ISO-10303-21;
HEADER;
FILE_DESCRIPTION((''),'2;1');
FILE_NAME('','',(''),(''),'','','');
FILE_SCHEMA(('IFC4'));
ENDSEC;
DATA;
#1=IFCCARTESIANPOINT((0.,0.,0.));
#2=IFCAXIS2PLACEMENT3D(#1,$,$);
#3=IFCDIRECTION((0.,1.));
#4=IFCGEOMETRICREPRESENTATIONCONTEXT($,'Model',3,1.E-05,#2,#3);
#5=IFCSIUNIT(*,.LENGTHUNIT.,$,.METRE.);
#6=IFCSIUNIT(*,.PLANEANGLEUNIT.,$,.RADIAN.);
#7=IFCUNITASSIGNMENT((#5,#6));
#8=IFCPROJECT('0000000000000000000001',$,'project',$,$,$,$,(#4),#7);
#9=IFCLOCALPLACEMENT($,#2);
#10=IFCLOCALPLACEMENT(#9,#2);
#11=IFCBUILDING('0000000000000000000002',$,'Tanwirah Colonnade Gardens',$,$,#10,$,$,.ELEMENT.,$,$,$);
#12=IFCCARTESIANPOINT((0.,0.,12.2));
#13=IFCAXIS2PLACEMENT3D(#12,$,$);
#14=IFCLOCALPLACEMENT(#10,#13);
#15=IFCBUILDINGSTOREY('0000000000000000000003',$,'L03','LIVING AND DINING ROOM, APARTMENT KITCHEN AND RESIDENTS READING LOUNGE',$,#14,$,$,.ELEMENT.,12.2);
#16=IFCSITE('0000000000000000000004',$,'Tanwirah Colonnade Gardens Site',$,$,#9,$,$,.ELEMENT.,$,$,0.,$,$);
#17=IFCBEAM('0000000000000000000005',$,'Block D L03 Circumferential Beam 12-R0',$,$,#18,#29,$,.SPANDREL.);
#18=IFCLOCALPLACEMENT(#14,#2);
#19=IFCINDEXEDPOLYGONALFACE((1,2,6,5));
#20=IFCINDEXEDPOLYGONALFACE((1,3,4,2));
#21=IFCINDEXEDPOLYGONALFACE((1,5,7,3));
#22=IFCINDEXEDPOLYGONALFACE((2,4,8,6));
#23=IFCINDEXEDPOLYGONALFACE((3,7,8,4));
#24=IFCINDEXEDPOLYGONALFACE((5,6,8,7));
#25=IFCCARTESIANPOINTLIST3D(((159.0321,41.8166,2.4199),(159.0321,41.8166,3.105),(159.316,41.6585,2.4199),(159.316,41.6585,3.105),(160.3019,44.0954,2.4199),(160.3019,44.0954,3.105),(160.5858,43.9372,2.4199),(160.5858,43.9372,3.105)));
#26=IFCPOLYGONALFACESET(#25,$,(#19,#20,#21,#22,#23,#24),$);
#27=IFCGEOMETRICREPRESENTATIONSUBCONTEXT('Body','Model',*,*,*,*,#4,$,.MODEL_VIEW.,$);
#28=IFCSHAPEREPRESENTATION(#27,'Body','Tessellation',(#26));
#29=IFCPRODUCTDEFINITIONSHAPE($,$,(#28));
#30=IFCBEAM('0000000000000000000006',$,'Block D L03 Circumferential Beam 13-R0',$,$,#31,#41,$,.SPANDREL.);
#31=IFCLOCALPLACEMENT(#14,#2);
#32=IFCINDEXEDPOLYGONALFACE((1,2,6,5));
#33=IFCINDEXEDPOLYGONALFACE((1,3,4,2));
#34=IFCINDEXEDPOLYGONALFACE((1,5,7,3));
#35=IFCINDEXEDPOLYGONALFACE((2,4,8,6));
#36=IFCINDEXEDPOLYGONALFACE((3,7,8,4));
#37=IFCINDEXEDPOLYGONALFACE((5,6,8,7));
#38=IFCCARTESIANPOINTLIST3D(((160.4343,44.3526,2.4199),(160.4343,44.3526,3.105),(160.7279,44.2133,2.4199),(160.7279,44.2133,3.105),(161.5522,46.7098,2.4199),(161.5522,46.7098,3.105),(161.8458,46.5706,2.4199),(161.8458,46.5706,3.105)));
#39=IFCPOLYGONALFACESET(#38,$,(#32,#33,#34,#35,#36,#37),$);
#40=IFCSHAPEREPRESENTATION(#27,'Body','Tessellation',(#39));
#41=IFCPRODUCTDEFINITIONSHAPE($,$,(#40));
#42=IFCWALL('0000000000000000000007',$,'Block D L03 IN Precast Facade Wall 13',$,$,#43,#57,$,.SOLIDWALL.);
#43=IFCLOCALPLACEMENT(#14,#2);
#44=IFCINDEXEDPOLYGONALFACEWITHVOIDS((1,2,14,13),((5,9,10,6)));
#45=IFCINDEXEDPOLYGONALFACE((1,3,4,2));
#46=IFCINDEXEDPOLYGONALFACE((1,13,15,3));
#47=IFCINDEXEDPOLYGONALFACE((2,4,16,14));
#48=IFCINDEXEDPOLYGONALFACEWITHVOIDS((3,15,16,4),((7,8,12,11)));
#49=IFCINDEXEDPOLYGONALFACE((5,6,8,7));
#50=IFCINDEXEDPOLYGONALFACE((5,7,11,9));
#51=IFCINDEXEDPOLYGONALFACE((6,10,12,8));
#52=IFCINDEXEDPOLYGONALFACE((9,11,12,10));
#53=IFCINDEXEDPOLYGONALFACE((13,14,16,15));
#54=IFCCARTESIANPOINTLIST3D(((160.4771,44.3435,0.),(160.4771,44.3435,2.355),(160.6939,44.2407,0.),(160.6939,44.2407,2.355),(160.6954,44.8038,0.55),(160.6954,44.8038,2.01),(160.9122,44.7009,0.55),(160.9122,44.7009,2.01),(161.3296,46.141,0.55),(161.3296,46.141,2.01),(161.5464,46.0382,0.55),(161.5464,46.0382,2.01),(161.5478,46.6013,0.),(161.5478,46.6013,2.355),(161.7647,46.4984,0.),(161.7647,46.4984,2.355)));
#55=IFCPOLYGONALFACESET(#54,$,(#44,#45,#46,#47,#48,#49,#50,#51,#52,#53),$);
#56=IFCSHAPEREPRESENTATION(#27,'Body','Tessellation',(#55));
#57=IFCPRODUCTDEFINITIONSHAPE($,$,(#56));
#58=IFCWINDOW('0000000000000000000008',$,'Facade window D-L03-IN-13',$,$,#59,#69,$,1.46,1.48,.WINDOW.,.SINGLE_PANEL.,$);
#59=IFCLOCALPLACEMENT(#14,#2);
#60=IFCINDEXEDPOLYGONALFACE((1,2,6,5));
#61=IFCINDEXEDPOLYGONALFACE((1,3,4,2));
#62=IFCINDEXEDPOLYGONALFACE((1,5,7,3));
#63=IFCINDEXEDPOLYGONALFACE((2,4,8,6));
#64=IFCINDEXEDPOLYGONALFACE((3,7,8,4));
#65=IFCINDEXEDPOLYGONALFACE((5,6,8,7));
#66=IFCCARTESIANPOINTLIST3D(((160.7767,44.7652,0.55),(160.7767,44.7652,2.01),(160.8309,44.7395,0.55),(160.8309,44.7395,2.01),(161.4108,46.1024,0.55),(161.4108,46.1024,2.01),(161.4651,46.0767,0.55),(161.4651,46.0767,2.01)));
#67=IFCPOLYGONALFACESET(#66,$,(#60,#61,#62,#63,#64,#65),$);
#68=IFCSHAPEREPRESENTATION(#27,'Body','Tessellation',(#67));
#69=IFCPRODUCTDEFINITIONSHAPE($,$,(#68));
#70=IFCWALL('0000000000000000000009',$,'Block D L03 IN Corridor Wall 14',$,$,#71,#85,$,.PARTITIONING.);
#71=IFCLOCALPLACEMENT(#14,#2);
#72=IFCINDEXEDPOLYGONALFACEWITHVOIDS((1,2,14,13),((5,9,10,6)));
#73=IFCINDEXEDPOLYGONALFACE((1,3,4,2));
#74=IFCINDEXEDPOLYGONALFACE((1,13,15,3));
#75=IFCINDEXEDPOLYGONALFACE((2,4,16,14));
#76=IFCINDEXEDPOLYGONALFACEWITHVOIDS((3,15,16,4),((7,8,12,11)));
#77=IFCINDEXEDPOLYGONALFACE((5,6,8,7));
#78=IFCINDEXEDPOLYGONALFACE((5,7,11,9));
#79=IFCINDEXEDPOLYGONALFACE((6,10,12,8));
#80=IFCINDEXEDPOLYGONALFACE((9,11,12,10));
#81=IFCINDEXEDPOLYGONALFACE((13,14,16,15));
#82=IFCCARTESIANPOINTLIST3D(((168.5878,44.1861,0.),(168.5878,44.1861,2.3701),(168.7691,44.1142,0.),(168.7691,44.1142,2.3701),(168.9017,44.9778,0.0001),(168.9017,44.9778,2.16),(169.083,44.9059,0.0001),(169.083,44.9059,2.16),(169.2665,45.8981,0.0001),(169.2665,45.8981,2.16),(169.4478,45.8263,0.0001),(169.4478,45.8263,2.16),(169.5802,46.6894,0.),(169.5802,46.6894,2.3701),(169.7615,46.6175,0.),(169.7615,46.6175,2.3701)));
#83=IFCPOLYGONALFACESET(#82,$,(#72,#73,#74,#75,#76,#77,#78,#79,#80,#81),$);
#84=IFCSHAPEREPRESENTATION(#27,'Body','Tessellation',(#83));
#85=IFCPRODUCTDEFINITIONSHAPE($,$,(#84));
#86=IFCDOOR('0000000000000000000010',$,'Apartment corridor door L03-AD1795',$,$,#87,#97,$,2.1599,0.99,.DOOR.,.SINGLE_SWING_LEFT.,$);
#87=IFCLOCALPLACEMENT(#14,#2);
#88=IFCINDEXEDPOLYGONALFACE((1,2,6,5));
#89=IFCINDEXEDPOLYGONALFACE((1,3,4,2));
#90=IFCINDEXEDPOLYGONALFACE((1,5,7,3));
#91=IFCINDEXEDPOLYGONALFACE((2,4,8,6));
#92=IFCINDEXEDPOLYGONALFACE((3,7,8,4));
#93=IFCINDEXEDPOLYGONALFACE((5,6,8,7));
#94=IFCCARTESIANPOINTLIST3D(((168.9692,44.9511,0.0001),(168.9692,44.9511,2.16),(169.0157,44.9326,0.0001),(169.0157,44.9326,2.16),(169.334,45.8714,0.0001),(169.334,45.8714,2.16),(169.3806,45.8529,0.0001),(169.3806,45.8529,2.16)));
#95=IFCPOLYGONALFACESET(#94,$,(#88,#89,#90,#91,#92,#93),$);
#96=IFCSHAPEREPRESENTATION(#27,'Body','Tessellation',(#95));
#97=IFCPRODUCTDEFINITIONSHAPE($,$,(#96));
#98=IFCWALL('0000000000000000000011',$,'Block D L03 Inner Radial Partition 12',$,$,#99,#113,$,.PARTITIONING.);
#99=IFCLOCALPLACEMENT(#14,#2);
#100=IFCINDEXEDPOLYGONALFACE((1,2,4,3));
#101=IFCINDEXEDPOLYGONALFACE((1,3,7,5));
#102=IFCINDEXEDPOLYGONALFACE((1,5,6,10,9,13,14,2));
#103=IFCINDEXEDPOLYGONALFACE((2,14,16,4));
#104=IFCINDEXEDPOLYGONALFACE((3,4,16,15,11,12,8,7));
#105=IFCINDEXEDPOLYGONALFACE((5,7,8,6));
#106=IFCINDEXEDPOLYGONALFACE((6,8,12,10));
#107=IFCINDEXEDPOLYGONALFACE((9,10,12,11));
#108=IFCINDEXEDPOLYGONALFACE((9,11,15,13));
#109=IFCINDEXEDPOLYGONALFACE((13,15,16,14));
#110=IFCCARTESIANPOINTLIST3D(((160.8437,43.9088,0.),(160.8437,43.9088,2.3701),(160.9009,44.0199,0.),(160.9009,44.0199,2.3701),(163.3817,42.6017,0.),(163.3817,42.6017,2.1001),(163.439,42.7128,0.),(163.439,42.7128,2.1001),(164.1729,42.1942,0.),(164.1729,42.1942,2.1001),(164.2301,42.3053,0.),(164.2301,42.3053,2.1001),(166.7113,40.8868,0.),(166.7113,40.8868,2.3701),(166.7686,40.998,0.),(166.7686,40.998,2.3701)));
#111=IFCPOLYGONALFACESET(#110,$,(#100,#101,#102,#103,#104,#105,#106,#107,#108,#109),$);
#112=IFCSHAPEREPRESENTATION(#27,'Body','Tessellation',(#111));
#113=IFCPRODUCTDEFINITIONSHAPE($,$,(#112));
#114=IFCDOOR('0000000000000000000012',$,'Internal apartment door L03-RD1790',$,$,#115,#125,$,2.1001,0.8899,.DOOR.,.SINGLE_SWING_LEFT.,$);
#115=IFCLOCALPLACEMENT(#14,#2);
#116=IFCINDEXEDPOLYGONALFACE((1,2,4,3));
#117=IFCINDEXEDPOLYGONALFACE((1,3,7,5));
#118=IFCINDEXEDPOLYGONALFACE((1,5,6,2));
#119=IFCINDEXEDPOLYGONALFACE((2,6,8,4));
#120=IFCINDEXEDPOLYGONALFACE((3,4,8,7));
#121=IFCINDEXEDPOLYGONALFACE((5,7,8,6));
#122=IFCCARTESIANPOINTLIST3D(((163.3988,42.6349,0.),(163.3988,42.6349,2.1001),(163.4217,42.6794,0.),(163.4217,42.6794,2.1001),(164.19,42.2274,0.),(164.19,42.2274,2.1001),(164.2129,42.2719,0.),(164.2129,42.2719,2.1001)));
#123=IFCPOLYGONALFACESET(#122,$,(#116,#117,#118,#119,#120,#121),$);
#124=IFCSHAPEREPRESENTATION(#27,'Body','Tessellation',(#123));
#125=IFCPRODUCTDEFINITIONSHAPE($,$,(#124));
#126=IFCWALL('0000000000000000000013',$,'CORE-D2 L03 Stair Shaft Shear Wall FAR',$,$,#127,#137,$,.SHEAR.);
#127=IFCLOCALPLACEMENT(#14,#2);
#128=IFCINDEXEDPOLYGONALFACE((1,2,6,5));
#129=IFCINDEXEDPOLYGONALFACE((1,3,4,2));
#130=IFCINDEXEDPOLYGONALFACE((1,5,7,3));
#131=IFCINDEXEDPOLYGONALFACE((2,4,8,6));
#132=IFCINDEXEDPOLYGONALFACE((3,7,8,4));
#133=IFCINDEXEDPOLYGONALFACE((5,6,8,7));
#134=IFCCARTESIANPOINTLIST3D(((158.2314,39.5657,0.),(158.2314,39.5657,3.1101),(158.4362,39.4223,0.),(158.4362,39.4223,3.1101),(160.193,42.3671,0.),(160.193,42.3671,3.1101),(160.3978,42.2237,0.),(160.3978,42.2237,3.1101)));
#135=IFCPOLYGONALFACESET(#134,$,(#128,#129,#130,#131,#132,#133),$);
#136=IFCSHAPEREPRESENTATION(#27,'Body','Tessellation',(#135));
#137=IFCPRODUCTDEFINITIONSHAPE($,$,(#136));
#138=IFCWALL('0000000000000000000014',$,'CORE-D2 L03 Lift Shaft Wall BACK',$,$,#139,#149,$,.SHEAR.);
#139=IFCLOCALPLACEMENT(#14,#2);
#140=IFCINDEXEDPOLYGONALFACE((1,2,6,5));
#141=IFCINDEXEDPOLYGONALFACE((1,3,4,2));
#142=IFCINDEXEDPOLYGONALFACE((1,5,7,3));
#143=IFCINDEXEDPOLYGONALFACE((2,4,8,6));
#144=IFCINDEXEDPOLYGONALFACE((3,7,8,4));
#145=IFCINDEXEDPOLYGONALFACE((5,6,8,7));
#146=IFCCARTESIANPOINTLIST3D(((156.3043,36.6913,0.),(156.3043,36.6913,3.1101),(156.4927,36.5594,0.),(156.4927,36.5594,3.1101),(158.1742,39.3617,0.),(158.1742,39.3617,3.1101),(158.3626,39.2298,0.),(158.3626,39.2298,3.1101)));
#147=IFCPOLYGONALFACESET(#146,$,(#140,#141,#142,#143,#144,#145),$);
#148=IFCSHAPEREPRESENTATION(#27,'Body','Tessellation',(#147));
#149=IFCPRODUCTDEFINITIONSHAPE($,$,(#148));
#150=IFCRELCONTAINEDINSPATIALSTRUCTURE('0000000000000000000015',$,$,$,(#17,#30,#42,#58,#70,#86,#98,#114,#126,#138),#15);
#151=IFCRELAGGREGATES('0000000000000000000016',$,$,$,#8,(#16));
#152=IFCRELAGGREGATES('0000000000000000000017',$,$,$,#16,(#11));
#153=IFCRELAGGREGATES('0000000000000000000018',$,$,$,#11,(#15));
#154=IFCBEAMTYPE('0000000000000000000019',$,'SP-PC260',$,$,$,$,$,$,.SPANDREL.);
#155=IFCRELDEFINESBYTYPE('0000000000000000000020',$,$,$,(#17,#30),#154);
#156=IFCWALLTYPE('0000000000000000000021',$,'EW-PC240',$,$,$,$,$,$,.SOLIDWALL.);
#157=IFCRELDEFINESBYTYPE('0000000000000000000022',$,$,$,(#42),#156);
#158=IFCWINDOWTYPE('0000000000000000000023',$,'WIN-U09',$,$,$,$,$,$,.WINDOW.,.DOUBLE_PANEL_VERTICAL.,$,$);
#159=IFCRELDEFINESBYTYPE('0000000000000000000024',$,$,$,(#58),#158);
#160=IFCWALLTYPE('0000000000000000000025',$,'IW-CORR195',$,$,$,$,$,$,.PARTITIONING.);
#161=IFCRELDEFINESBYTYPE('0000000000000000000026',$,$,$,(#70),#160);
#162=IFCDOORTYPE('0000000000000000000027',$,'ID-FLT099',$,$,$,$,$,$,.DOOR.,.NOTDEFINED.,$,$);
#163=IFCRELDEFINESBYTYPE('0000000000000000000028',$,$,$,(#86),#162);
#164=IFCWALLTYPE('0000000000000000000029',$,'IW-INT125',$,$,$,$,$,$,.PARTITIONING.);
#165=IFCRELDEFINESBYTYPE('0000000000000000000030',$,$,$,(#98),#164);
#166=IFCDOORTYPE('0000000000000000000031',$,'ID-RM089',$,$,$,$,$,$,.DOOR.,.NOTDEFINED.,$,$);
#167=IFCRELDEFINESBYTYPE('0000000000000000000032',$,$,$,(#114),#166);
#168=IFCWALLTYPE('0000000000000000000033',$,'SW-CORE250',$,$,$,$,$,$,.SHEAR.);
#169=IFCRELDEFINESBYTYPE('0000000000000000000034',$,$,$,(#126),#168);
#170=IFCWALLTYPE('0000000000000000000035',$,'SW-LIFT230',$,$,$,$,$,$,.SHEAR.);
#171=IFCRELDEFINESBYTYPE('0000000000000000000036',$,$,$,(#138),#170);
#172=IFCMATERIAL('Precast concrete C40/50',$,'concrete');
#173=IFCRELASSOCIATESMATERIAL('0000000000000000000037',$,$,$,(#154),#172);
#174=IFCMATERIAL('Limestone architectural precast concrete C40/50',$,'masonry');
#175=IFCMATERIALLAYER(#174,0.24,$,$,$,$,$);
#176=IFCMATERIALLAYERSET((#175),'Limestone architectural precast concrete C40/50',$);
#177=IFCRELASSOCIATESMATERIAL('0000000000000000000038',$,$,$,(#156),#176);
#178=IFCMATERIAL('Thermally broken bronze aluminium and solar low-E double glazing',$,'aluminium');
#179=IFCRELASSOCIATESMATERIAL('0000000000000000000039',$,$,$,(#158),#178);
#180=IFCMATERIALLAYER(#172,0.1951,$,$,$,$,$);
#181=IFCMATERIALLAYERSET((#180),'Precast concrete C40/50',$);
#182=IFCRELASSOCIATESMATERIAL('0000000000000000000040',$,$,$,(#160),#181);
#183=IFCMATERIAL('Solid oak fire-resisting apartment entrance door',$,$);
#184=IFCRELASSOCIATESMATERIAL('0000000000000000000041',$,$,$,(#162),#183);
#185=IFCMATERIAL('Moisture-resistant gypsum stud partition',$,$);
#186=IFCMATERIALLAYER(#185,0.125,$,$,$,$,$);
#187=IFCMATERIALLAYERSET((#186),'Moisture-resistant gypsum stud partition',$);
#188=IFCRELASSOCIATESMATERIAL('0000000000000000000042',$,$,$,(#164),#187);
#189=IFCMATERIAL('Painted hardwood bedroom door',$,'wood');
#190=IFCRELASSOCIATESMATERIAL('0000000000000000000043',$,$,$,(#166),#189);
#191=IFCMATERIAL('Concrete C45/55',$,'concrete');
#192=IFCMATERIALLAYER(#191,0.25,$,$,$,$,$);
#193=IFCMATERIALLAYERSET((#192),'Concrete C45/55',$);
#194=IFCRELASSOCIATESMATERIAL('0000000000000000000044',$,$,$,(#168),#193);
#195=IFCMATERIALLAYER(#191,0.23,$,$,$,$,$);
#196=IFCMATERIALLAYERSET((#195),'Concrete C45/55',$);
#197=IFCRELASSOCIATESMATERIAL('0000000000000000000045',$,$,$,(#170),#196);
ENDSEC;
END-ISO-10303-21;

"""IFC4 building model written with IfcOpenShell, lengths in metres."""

from ifc_helpers import new_model, si_unit, direction, frame, frame_2d, origin, origin_2d, place, context, subcontext, project, spatial, rectangle, extrude, material, layer, layer_set, material_profile, profile_set, type_object, element, fill, save


model = new_model("IFC4")

# Units and contexts
model_context = context("Model", 3, precision=1e-05, world=origin(), true_north=direction((0.0, 1.0)))
body_context = subcontext(model_context, "Body", "Model", "MODEL_VIEW")
ifc_project = project(units=[si_unit("LENGTHUNIT", "METRE"), si_unit("PLANEANGLEUNIT", "RADIAN")], contexts=[model_context])

# Site, building, storey
site_placement = place(None, origin())
site = spatial("IfcSite", under=ifc_project, at=site_placement, Name="Tanwirah Colonnade Gardens Site", CompositionType="ELEMENT", RefElevation=0.0)
building_placement = place(site_placement, origin())
building = spatial("IfcBuilding", under=site, at=building_placement, Name="Tanwirah Colonnade Gardens", CompositionType="ELEMENT")
storey_placement = place(building_placement, frame((0.0, 0.0, 12.2)))
storey = spatial("IfcBuildingStorey", under=building, at=storey_placement, Name="L03", Description="LIVING AND DINING ROOM, APARTMENT KITCHEN AND RESIDENTS READING LOUNGE", CompositionType="ELEMENT", Elevation=12.2)

# Shared definitions
ifc_material_1 = material(Name="Precast concrete C40/50", Category="concrete")

# Beams
ifc_material_profile_1 = material_profile(ifc_material_1, rectangle(XDim=0.325, YDim=0.6851, at=origin_2d()), Name="PC-SP 325x685")
ifc_profile_set_1 = profile_set([ifc_material_profile_1], Name="Precast concrete C40/50")
beam_type_1 = type_object("IfcBeamType", Name="SP-PC260", PredefinedType="SPANDREL", material=ifc_profile_set_1)
beam_1_placement = place(storey_placement, frame((159.1741, 41.7375, 2.7625), z_axis=(0.486747, 0.873543, 0.0), x_axis=(-0.873543, 0.486747, 0.0)))
element("IfcBeam", 1, at=beam_1_placement, inside=storey, type_object=beam_type_1, Name="Block D L03 Circumferential Beam 12-R0", PredefinedType="SPANDREL", context=body_context, shape_type="SweptSolid", body=[
    extrude(rectangle(XDim=0.325, YDim=0.6851, at=origin_2d()), origin(), (0.0, 0.0, 1.0), 2.6086),
])
beam_2_placement = place(storey_placement, frame((160.5811, 44.283, 2.7625), z_axis=(0.428513, 0.903536, 0.0), x_axis=(-0.903536, 0.428513, 0.0)))
element("IfcBeam", 2, at=beam_2_placement, inside=storey, type_object=beam_type_1, Name="Block D L03 Circumferential Beam 13-R0", PredefinedType="SPANDREL", context=body_context, shape_type="SweptSolid", body=[
    extrude(rectangle(XDim=0.325, YDim=0.6851, at=origin_2d()), origin(), (0.0, 0.0, 1.0), 2.6089),
])

# Wall, opening, window
ifc_material_2 = material(Name="Limestone architectural precast concrete C40/50", Category="masonry")
ifc_layer_1 = layer(ifc_material_2, 0.24)
ifc_layer_set_1 = layer_set([ifc_layer_1], Name="Limestone architectural precast concrete C40/50")
wall_type_1 = type_object("IfcWallType", Name="EW-PC240", PredefinedType="SOLIDWALL", material=ifc_layer_set_1)
wall_1_placement = place(storey_placement, frame((160.5854, 44.292, 0.0), z_axis=(0.0, 0.0, 1.0), x_axis=(0.428515, 0.903535, 0.0)))
wall_1 = element("IfcWall", 3, at=wall_1_placement, inside=storey, type_object=wall_type_1, Name="Block D L03 IN Precast Facade Wall 13", PredefinedType="SOLIDWALL", context=body_context, shape_type="SweptSolid", body=[
    extrude(rectangle(XDim=2.4988, YDim=0.24, at=frame_2d((1.2495, 0.0))), origin(), (0.0, 0.0, 1.0), 2.355),
])
opening_1_placement = place(wall_1_placement, frame((0.5095, 0.0, 0.55)))
opening_1 = element("IfcOpeningElement", 4, at=opening_1_placement, cuts=wall_1, PredefinedType="OPENING", context=body_context, shape_type="SweptSolid", body=[
    extrude(rectangle(XDim=1.48, YDim=1.46, at=frame_2d((0.74, 0.73))), frame((0.0, 0.1299, 0.0), z_axis=(0.0, -1.0, 0.0), x_axis=(1.0, 0.0, 0.0)), (0.0, 0.0, 1.0), 0.26),
])
ifc_material_3 = material(Name="Thermally broken bronze aluminium and solar low-E double glazing", Category="aluminium")
window_type = type_object("IfcWindowType", Name="WIN-U09", PartitioningType="DOUBLE_PANEL_VERTICAL", PredefinedType="WINDOW", material=ifc_material_3)
window_placement = place(opening_1_placement, origin())
window = element("IfcWindow", 5, at=window_placement, inside=storey, type_object=window_type, Name="Facade window D-L03-IN-13", OverallHeight=1.46, OverallWidth=1.48, PartitioningType="SINGLE_PANEL", PredefinedType="WINDOW", context=body_context, shape_type="SweptSolid", body=[
    extrude(rectangle(XDim=1.48, YDim=1.46, at=frame_2d((0.74, 0.73))), frame((0.0, 0.03, 0.0), z_axis=(0.0, -1.0, 0.0), x_axis=(1.0, 0.0, 0.0)), (0.0, 0.0, 1.0), 0.0601),
])
fill(opening_1, window)

# Walls, openings, doors
ifc_layer_2 = layer(ifc_material_1, 0.1951)
ifc_layer_set_2 = layer_set([ifc_layer_2], Name="Precast concrete C40/50")
wall_type_2 = type_object("IfcWallType", Name="IW-CORR195", PredefinedType="PARTITIONING", material=ifc_layer_set_2)
ifc_material_4 = material(Name="Solid oak fire-resisting apartment entrance door")
wall_2_placement = place(storey_placement, frame((168.6785, 44.1501, 0.0), z_axis=(0.0, 0.0, 1.0), x_axis=(0.368528, 0.929616, 0.0)))
wall_2 = element("IfcWall", 6, at=wall_2_placement, inside=storey, type_object=wall_type_2, Name="Block D L03 IN Corridor Wall 14", PredefinedType="PARTITIONING", context=body_context, shape_type="SweptSolid", body=[
    extrude(rectangle(XDim=2.6929, YDim=0.1951, at=frame_2d((1.3464, 0.0))), origin(), (0.0, 0.0, 1.0), 2.3701),
])
opening_2_placement = place(wall_2_placement, frame((0.8516, 0.0, 0.0)))
opening_2 = element("IfcOpeningElement", 7, at=opening_2_placement, cuts=wall_2, PredefinedType="OPENING", context=body_context, shape_type="SweptSolid", body=[
    extrude(rectangle(XDim=0.99, YDim=2.1599, at=frame_2d((0.4951, 1.0801))), frame((0.0, 0.1074, 0.0), z_axis=(0.0, -1.0, 0.0), x_axis=(1.0, 0.0, 0.0)), (0.0, 0.0, 1.0), 0.2151),
])
door_type_1 = type_object("IfcDoorType", Name="ID-FLT099", OperationType="NOTDEFINED", PredefinedType="DOOR", material=ifc_material_4)
door_1_placement = place(opening_2_placement, origin())
door_1 = element("IfcDoor", 8, at=door_1_placement, inside=storey, type_object=door_type_1, Name="Apartment corridor door L03-AD1795", OperationType="SINGLE_SWING_LEFT", OverallHeight=2.1599, OverallWidth=0.99, PredefinedType="DOOR", context=body_context, shape_type="SweptSolid", body=[
    extrude(rectangle(XDim=0.99, YDim=2.1599, at=frame_2d((0.4951, 1.0801))), frame((0.0, 0.0249, 0.0), z_axis=(0.0, -1.0, 0.0), x_axis=(1.0, 0.0, 0.0)), (0.0, 0.0, 1.0), 0.05),
])
fill(opening_2, door_1)
ifc_material_5 = material(Name="Moisture-resistant gypsum stud partition")
ifc_layer_3 = layer(ifc_material_5, 0.125)
ifc_layer_set_3 = layer_set([ifc_layer_3], Name="Moisture-resistant gypsum stud partition")
wall_type_3 = type_object("IfcWallType", Name="IW-INT125", PredefinedType="PARTITIONING", material=ifc_layer_set_3)
wall_3_placement = place(storey_placement, frame((160.8723, 43.9644, 0.0), z_axis=(0.0, 0.0, 1.0), x_axis=(0.889022, -0.457864, 0.0)))
wall_3 = element("IfcWall", 9, at=wall_3_placement, inside=storey, type_object=wall_type_3, Name="Block D L03 Inner Radial Partition 12", PredefinedType="PARTITIONING", context=body_context, shape_type="SweptSolid", body=[
    extrude(rectangle(XDim=6.6001, YDim=0.125, at=frame_2d((3.3, 0.0))), origin(), (0.0, 0.0, 1.0), 2.3701),
])
opening_3_placement = place(wall_3_placement, frame((2.855, 0.0, 0.0)))
opening_3 = element("IfcOpeningElement", 10, at=opening_3_placement, cuts=wall_3, PredefinedType="OPENING", context=body_context, shape_type="SweptSolid", body=[
    extrude(rectangle(XDim=0.8899, YDim=2.1001, at=frame_2d((0.4448, 1.05))), frame((0.0, 0.0725, 0.0), z_axis=(0.0, -1.0, 0.0), x_axis=(1.0, 0.0, 0.0)), (0.0, 0.0, 1.0), 0.145),
])
ifc_material_6 = material(Name="Painted hardwood bedroom door", Category="wood")
door_type_2 = type_object("IfcDoorType", Name="ID-RM089", OperationType="NOTDEFINED", PredefinedType="DOOR", material=ifc_material_6)
door_2_placement = place(opening_3_placement, origin())
door_2 = element("IfcDoor", 11, at=door_2_placement, inside=storey, type_object=door_type_2, Name="Internal apartment door L03-RD1790", OperationType="SINGLE_SWING_LEFT", OverallHeight=2.1001, OverallWidth=0.8899, PredefinedType="DOOR", context=body_context, shape_type="SweptSolid", body=[
    extrude(rectangle(XDim=0.8899, YDim=2.1001, at=frame_2d((0.4448, 1.05))), frame((0.0, 0.0249, 0.0), z_axis=(0.0, -1.0, 0.0), x_axis=(1.0, 0.0, 0.0)), (0.0, 0.0, 1.0), 0.05),
])
fill(opening_3, door_2)

# Walls
ifc_material_7 = material(Name="Concrete C45/55", Category="concrete")
ifc_layer_4 = layer(ifc_material_7, 0.25)
ifc_layer_set_4 = layer_set([ifc_layer_4], Name="Concrete C45/55")
wall_type_4 = type_object("IfcWallType", Name="SW-CORE250", PredefinedType="SHEAR", material=ifc_layer_set_4)
wall_4_placement = place(storey_placement, frame((160.2954, 42.2954, 0.0), z_axis=(0.0, 0.0, 1.0), x_axis=(-0.573582, -0.819148, 0.0)))
element("IfcWall", 12, at=wall_4_placement, inside=storey, type_object=wall_type_4, Name="CORE-D2 L03 Stair Shaft Shear Wall FAR", PredefinedType="SHEAR", context=body_context, shape_type="SweptSolid", body=[
    extrude(rectangle(XDim=3.4199, YDim=0.25, at=frame_2d((1.71, 0.0))), origin(), (0.0, 0.0, 1.0), 3.1101),
])
ifc_layer_5 = layer(ifc_material_7, 0.23)
ifc_layer_set_5 = layer_set([ifc_layer_5], Name="Concrete C45/55")
wall_type_5 = type_object("IfcWallType", Name="SW-LIFT230", PredefinedType="SHEAR", material=ifc_layer_set_5)
wall_5_placement = place(storey_placement, frame((158.2683, 39.2957, 0.0), z_axis=(0.0, 0.0, 1.0), x_axis=(-0.573583, -0.819147, 0.0)))
element("IfcWall", 13, at=wall_5_placement, inside=storey, type_object=wall_type_5, Name="CORE-D2 L03 Lift Shaft Wall BACK", PredefinedType="SHEAR", context=body_context, shape_type="SweptSolid", body=[
    extrude(rectangle(XDim=3.26, YDim=0.23, at=frame_2d((1.6299, 0.0))), origin(), (0.0, 0.0, 1.0), 3.1101),
])

save(model, "model.ifc")
